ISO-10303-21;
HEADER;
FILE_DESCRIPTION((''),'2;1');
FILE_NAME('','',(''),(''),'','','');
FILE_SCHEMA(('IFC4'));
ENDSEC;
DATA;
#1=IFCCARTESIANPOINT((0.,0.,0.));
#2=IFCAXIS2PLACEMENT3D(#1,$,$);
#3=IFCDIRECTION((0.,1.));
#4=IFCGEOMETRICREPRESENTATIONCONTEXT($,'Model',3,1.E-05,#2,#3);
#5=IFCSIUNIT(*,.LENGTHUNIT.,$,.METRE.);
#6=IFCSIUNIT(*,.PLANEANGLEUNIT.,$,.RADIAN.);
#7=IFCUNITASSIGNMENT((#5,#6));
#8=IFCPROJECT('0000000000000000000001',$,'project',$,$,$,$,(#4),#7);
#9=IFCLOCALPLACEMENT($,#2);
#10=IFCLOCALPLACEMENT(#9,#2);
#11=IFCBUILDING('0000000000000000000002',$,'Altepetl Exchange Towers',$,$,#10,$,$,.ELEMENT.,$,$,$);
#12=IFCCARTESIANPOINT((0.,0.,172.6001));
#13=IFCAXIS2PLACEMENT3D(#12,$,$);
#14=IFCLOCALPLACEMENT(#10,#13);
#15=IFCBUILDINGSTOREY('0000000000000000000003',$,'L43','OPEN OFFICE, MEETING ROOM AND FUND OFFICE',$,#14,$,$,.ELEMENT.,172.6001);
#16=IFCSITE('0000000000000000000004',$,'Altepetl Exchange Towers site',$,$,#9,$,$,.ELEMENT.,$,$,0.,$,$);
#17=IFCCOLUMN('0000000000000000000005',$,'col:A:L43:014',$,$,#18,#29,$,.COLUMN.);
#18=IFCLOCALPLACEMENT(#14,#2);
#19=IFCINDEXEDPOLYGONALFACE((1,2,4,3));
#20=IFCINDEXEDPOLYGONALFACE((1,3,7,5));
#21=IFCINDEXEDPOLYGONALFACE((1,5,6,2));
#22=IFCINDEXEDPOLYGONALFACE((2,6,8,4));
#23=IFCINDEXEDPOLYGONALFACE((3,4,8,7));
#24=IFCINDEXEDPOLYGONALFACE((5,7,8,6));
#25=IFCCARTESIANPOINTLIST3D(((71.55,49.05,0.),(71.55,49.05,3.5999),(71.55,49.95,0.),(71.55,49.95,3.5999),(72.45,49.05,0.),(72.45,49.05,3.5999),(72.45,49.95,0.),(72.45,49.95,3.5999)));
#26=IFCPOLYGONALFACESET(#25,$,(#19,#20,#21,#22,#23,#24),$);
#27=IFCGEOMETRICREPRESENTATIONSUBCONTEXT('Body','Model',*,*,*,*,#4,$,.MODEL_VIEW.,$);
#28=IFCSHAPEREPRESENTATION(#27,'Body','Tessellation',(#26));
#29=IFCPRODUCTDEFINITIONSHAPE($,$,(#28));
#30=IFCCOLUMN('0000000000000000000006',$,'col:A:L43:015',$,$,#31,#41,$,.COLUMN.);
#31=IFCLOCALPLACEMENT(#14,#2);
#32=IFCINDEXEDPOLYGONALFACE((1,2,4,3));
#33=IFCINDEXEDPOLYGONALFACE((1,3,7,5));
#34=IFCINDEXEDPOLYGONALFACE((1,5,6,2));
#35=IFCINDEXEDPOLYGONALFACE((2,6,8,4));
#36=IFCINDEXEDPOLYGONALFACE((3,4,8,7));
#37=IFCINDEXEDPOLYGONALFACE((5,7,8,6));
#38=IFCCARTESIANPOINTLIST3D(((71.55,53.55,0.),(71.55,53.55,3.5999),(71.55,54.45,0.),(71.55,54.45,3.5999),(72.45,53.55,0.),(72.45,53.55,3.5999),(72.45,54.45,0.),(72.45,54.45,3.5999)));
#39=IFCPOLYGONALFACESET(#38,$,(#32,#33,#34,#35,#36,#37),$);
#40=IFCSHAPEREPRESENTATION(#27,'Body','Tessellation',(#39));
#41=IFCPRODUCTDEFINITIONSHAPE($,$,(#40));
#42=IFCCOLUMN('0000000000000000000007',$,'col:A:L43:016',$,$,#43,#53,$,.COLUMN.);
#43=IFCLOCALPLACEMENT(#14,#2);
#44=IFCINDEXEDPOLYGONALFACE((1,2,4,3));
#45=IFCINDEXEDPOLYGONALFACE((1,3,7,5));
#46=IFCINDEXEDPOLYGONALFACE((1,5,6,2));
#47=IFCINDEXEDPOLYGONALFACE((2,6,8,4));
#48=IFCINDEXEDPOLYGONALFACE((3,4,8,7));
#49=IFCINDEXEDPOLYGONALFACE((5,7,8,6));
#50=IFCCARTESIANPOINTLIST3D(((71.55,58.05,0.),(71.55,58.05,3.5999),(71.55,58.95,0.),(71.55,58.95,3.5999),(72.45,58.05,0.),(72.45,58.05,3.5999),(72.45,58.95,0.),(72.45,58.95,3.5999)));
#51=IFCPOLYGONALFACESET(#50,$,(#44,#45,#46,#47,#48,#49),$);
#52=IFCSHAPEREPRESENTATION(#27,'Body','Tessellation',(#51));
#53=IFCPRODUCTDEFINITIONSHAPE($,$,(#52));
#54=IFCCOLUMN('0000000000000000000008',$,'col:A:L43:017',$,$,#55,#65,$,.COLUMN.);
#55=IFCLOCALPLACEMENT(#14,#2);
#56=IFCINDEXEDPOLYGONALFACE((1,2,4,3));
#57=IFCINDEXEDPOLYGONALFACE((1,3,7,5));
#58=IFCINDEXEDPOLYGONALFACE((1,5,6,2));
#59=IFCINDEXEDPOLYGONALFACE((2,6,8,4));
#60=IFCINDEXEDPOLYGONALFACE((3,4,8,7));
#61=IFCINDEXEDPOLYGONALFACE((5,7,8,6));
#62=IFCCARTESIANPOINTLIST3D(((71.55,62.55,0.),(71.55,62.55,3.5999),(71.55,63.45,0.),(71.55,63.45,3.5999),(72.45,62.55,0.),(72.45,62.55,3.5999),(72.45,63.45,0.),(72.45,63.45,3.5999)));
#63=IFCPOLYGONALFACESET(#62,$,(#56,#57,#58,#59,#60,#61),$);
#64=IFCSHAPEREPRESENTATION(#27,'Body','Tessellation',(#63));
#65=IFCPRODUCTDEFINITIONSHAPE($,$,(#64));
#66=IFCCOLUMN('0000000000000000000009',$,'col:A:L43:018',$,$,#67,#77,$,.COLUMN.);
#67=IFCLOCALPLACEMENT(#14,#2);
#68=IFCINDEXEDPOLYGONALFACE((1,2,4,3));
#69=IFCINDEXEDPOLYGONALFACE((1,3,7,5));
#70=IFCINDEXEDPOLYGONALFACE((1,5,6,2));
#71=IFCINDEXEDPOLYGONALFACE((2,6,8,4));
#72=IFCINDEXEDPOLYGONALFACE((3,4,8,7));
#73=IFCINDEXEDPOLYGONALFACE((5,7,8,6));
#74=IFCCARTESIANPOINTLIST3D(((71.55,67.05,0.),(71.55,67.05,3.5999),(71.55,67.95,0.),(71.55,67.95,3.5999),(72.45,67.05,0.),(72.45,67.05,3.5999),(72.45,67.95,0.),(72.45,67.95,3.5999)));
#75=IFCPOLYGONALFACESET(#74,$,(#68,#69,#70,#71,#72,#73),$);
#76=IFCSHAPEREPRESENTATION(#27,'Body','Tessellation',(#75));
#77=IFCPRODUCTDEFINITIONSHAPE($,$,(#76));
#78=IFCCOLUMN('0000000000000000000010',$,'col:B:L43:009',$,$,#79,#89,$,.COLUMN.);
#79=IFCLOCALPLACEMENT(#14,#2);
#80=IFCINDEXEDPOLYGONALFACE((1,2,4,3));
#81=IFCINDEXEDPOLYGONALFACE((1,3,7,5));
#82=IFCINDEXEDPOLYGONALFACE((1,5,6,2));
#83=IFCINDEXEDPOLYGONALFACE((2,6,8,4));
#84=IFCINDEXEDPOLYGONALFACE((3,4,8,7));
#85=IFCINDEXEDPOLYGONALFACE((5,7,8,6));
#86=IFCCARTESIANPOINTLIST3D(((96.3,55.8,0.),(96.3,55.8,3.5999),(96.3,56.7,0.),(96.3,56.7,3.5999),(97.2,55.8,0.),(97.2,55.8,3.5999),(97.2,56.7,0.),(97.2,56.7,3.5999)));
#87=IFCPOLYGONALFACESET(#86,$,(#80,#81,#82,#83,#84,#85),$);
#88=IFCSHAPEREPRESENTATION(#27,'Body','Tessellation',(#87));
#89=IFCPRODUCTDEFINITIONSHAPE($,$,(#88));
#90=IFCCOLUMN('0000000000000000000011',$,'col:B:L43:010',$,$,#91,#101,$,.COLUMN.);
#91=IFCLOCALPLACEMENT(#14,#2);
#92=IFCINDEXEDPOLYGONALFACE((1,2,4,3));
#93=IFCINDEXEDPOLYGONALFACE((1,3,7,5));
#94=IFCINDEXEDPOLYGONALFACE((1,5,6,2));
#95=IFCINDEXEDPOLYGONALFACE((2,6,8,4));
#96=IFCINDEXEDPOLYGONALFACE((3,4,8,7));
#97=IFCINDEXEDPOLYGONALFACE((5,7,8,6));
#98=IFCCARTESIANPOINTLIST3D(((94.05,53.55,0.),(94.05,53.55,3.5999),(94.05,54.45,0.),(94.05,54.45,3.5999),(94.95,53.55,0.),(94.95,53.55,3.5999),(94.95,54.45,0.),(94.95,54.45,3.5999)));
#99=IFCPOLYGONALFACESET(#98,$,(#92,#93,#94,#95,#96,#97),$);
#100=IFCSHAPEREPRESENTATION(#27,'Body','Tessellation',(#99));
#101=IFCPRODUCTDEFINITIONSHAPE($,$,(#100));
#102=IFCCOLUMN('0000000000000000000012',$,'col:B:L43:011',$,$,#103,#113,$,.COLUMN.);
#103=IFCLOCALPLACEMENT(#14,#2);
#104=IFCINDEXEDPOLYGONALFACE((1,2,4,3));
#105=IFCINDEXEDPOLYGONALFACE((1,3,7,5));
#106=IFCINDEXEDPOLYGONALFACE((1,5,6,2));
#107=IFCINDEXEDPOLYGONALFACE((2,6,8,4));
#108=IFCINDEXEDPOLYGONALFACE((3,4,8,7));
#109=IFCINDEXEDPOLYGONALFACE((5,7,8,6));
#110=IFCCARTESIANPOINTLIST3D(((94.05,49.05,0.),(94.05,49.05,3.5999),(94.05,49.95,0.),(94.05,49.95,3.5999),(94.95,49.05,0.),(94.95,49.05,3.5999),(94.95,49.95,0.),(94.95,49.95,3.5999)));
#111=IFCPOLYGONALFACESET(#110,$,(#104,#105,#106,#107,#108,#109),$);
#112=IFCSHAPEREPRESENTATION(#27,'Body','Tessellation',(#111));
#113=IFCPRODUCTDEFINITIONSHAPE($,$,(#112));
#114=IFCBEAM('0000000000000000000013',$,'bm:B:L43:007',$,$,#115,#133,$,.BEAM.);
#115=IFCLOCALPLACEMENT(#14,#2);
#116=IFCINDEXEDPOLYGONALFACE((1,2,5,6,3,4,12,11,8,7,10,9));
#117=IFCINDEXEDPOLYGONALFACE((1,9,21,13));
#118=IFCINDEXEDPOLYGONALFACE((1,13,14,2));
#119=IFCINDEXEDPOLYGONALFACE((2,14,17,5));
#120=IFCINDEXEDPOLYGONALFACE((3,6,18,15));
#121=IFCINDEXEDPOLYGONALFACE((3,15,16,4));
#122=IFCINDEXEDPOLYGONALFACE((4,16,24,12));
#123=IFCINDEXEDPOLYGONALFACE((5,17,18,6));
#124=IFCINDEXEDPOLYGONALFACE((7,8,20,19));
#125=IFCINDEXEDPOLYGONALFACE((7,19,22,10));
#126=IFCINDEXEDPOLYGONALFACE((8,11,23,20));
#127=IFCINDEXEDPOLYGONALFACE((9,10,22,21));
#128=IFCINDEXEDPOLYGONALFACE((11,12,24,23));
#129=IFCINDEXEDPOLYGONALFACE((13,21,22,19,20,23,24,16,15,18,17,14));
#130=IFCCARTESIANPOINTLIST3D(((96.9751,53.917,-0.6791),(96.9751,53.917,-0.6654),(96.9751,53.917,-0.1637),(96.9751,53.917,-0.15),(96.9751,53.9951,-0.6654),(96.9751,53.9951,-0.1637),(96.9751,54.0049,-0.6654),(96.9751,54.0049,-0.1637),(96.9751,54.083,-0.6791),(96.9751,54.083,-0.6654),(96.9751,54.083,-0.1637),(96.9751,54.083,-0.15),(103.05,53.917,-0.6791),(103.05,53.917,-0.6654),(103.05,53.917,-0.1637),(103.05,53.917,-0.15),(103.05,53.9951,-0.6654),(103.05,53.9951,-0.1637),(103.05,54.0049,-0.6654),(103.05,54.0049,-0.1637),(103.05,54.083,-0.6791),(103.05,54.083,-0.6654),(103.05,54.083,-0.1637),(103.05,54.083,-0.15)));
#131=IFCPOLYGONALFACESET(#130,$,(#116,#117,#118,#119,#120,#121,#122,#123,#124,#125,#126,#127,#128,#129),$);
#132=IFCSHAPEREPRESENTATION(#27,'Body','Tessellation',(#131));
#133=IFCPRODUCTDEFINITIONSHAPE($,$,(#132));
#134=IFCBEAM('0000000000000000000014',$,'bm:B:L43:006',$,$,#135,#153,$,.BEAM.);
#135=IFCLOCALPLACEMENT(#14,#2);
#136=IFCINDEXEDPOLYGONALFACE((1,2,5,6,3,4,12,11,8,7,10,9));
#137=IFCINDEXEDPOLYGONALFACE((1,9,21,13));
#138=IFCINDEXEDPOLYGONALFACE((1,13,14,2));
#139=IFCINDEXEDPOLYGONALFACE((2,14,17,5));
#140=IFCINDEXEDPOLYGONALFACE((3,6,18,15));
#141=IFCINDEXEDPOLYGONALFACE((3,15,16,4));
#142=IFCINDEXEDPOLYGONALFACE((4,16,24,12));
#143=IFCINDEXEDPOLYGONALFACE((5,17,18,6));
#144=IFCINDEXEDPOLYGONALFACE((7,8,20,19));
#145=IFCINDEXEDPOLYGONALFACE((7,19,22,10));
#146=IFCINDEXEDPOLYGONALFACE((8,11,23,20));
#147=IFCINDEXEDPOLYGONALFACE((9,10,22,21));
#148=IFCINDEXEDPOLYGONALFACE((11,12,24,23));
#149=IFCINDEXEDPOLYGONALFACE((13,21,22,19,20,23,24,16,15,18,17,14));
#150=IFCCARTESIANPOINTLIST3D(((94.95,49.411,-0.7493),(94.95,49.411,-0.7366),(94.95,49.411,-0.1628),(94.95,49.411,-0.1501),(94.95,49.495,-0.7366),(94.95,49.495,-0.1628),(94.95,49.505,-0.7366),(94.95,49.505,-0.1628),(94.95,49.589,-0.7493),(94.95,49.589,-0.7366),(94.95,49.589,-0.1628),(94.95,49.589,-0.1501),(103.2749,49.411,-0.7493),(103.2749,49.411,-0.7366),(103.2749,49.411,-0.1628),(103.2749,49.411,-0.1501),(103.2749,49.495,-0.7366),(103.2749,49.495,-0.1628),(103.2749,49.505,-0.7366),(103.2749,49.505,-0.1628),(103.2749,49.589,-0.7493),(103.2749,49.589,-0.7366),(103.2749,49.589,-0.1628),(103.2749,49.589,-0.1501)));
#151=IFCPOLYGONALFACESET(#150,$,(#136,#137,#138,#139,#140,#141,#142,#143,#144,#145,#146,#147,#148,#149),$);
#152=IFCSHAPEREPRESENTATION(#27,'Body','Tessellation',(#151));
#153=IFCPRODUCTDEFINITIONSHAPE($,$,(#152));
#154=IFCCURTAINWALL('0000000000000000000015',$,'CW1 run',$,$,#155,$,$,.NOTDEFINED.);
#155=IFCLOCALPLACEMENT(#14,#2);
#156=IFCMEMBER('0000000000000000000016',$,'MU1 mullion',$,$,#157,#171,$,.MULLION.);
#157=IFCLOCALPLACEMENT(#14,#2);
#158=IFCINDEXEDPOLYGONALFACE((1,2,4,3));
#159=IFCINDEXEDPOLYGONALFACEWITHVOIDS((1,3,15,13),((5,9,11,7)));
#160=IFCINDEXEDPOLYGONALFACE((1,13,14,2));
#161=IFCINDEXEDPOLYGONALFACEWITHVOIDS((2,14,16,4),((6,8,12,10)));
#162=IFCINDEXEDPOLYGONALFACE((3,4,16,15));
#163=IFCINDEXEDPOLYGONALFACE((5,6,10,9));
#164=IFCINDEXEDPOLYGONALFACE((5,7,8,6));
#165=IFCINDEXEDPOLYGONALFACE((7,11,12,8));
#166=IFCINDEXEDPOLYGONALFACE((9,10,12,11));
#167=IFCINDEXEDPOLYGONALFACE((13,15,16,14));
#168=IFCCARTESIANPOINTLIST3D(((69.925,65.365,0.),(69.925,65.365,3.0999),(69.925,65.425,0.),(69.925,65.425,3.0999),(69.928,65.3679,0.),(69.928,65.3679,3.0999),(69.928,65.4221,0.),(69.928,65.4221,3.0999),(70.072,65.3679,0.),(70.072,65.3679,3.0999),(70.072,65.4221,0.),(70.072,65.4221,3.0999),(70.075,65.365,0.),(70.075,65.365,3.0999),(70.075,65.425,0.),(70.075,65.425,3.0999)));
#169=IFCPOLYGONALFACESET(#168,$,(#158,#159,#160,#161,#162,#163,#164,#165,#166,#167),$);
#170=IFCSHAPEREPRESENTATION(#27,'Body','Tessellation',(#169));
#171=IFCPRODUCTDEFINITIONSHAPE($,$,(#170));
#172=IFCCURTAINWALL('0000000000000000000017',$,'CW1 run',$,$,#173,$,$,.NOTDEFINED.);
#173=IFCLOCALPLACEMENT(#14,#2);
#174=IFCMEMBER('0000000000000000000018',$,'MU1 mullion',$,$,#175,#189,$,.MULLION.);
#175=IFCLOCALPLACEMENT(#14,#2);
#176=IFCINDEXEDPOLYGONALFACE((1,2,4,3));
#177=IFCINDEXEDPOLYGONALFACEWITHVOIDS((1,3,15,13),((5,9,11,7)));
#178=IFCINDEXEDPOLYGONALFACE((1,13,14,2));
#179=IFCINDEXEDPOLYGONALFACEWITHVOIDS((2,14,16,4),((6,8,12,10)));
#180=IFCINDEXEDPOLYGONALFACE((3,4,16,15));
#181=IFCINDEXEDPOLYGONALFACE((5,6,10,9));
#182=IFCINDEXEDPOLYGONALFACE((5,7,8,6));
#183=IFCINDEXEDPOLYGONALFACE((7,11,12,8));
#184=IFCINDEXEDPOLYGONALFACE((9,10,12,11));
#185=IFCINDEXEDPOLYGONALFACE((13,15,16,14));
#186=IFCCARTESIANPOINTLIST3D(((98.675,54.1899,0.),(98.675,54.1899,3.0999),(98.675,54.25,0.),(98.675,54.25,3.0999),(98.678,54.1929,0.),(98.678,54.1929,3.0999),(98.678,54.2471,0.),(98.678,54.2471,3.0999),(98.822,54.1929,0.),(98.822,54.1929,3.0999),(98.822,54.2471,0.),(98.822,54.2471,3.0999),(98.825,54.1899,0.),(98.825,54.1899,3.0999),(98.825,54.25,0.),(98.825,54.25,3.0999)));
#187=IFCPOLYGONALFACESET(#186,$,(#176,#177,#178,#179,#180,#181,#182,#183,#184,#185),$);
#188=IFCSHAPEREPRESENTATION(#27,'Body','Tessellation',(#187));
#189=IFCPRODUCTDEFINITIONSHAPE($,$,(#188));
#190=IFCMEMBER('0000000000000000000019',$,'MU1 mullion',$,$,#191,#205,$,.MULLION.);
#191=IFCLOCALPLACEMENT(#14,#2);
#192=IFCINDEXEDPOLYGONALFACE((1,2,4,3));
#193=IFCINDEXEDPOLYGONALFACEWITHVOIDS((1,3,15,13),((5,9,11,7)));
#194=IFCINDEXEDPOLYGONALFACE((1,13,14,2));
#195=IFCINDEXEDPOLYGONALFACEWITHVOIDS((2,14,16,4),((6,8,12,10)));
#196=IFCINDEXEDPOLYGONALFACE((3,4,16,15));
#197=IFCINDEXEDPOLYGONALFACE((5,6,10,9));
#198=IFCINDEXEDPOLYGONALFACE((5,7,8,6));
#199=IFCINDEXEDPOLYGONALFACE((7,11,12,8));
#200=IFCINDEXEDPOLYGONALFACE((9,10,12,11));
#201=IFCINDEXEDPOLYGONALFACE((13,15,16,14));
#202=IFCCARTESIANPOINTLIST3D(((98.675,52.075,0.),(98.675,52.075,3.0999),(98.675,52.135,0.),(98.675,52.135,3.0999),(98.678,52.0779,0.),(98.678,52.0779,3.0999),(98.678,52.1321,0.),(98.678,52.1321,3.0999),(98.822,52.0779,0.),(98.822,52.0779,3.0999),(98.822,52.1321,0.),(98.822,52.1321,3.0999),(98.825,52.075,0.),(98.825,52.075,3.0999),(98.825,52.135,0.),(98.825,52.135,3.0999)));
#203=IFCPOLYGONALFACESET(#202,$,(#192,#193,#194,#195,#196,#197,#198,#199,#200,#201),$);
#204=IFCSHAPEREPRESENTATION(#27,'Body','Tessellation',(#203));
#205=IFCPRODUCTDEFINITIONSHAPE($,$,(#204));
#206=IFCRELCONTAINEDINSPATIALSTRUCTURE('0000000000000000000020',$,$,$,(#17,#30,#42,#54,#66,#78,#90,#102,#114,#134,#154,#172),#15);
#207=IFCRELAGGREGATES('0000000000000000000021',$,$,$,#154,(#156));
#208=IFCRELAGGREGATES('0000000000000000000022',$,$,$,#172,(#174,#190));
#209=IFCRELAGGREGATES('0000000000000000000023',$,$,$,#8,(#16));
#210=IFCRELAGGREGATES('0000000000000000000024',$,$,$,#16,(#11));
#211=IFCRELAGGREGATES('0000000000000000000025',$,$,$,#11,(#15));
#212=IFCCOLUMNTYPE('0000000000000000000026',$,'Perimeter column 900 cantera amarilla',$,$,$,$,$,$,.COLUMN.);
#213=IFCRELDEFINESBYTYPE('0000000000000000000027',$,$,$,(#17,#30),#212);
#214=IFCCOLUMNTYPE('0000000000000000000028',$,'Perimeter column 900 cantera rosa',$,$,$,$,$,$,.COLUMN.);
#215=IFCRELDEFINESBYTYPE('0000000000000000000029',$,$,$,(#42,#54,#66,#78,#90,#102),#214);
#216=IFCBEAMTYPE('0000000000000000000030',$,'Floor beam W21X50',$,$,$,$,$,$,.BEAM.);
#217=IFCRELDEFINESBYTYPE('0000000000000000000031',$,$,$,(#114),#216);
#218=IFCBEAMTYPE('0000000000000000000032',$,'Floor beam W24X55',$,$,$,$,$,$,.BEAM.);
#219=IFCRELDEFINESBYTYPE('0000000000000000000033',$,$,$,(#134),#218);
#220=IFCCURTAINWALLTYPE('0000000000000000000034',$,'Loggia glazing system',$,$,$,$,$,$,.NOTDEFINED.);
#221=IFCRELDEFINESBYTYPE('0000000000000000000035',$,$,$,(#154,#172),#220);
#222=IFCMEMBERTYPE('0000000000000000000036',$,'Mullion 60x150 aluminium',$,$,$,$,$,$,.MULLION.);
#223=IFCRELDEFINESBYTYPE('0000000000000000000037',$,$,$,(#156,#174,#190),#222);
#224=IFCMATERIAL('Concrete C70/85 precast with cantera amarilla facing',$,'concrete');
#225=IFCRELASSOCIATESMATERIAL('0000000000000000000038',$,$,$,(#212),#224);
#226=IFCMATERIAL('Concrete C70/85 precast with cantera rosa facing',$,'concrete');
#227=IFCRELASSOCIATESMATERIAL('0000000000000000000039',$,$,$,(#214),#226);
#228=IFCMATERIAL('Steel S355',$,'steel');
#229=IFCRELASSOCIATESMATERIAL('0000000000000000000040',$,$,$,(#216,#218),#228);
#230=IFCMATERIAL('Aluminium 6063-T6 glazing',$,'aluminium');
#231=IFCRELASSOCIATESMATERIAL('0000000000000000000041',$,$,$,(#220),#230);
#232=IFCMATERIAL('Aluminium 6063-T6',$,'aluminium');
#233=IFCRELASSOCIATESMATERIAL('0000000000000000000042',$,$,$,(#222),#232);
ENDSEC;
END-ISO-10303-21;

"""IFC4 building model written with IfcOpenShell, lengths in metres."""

from ifc_helpers import new_model, si_unit, direction, frame, origin, origin_2d, place, context, subcontext, project, spatial, rectangle, hollow_rectangle, i_section, extrude, material, material_profile, profile_set, type_object, element, aggregate, save


model = new_model("IFC4")

# Units and contexts
model_context = context("Model", 3, precision=1e-05, world=origin(), true_north=direction((0.0, 1.0)))
body_context = subcontext(model_context, "Body", "Model", "MODEL_VIEW")
ifc_project = project(units=[si_unit("LENGTHUNIT", "METRE"), si_unit("PLANEANGLEUNIT", "RADIAN")], contexts=[model_context])

# Site, building, storey
site_placement = place(None, origin())
site = spatial("IfcSite", under=ifc_project, at=site_placement, Name="Altepetl Exchange Towers site", CompositionType="ELEMENT", RefElevation=0.0)
building_placement = place(site_placement, origin())
building = spatial("IfcBuilding", under=site, at=building_placement, Name="Altepetl Exchange Towers", CompositionType="ELEMENT")
storey_placement = place(building_placement, frame((0.0, 0.0, 172.6001)))
storey = spatial("IfcBuildingStorey", under=building, at=storey_placement, Name="L43", Description="OPEN OFFICE, MEETING ROOM AND FUND OFFICE", CompositionType="ELEMENT", Elevation=172.6001)

# Columns
ifc_material_1 = material(Name="Concrete C70/85 precast with cantera amarilla facing", Category="concrete")
ifc_material_profile_1 = material_profile(ifc_material_1, rectangle(XDim=0.8999, YDim=0.8999, at=origin_2d()), Name="900 x 900")
ifc_profile_set_1 = profile_set([ifc_material_profile_1], Name="Concrete C70/85 precast with cantera amarilla facing")
column_type_1 = type_object("IfcColumnType", Name="Perimeter column 900 cantera amarilla", PredefinedType="COLUMN", material=ifc_profile_set_1)
for number, where, name in (
    (1, (72.0, 49.5, 0.0), "col:A:L43:014"),
    (2, (72.0, 54.0, 0.0), "col:A:L43:015"),
):
    element("IfcColumn", number, at=place(storey_placement, frame(where)), inside=storey, type_object=column_type_1, Name=name, PredefinedType="COLUMN", context=body_context, shape_type="SweptSolid", body=[
        extrude(rectangle(XDim=0.8999, YDim=0.8999, at=origin_2d()), origin(), (0.0, 0.0, 1.0), 3.5999),
    ])
ifc_material_2 = material(Name="Concrete C70/85 precast with cantera rosa facing", Category="concrete")
ifc_material_profile_2 = material_profile(ifc_material_2, rectangle(XDim=0.8999, YDim=0.8999, at=origin_2d()), Name="900 x 900")
ifc_profile_set_2 = profile_set([ifc_material_profile_2], Name="Concrete C70/85 precast with cantera rosa facing")
column_type_2 = type_object("IfcColumnType", Name="Perimeter column 900 cantera rosa", PredefinedType="COLUMN", material=ifc_profile_set_2)
for number, where, name in (
    (3, (72.0, 58.5, 0.0), "col:A:L43:016"),
    (4, (72.0, 63.0, 0.0), "col:A:L43:017"),
    (5, (72.0, 67.5, 0.0), "col:A:L43:018"),
    (6, (96.75, 56.25, 0.0), "col:B:L43:009"),
    (7, (94.5, 54.0, 0.0), "col:B:L43:010"),
    (8, (94.5, 49.5, 0.0), "col:B:L43:011"),
):
    element("IfcColumn", number, at=place(storey_placement, frame(where)), inside=storey, type_object=column_type_2, Name=name, PredefinedType="COLUMN", context=body_context, shape_type="SweptSolid", body=[
        extrude(rectangle(XDim=0.8999, YDim=0.8999, at=origin_2d()), origin(), (0.0, 0.0, 1.0), 3.5999),
    ])

# Beams
ifc_material_3 = material(Name="Steel S355", Category="steel")
ifc_material_profile_3 = material_profile(ifc_material_3, i_section(OverallWidth=0.166, OverallDepth=0.5291, WebThickness=0.0098, FlangeThickness=0.0137, at=origin_2d()), Name="W21X50")
ifc_profile_set_3 = profile_set([ifc_material_profile_3], Name="Steel S355")
beam_type_1 = type_object("IfcBeamType", Name="Floor beam W21X50", PredefinedType="BEAM", material=ifc_profile_set_3)
beam_1_placement = place(storey_placement, frame((96.9751, 54.0, -0.4146), z_axis=(1.0, 0.0, 0.0), x_axis=(0.0, 1.0, 0.0)))
element("IfcBeam", 9, at=beam_1_placement, inside=storey, type_object=beam_type_1, Name="bm:B:L43:007", PredefinedType="BEAM", context=body_context, shape_type="SweptSolid", body=[
    extrude(i_section(OverallWidth=0.166, OverallDepth=0.5291, WebThickness=0.0098, FlangeThickness=0.0137, at=origin_2d()), origin(), (0.0, 0.0, 1.0), 6.075),
])
ifc_material_profile_4 = material_profile(ifc_material_3, i_section(OverallWidth=0.178, OverallDepth=0.5991, WebThickness=0.01, FlangeThickness=0.0127, at=origin_2d()), Name="W24X55")
ifc_profile_set_4 = profile_set([ifc_material_profile_4], Name="Steel S355")
beam_type_2 = type_object("IfcBeamType", Name="Floor beam W24X55", PredefinedType="BEAM", material=ifc_profile_set_4)
beam_2_placement = place(storey_placement, frame((94.95, 49.5, -0.4497), z_axis=(1.0, 0.0, 0.0), x_axis=(0.0, 1.0, 0.0)))
element("IfcBeam", 10, at=beam_2_placement, inside=storey, type_object=beam_type_2, Name="bm:B:L43:006", PredefinedType="BEAM", context=body_context, shape_type="SweptSolid", body=[
    extrude(i_section(OverallWidth=0.178, OverallDepth=0.5991, WebThickness=0.01, FlangeThickness=0.0127, at=origin_2d()), origin(), (0.0, 0.0, 1.0), 8.325),
])

# Curtain wall, member
ifc_material_4 = material(Name="Aluminium 6063-T6 glazing", Category="aluminium")
curtain_wall_type = type_object("IfcCurtainWallType", Name="Loggia glazing system", PredefinedType="NOTDEFINED", material=ifc_material_4)
curtain_wall_1_placement = place(storey_placement, origin())
curtain_wall_1 = element("IfcCurtainWall", 11, at=curtain_wall_1_placement, inside=storey, type_object=curtain_wall_type, Name="CW1 run", PredefinedType="NOTDEFINED")
ifc_material_5 = material(Name="Aluminium 6063-T6", Category="aluminium")
ifc_material_profile_5 = material_profile(ifc_material_5, hollow_rectangle(XDim=0.0601, YDim=0.1499, WallThickness=0.0029, at=origin_2d()), Name="Mullion 60x150 aluminium")
ifc_profile_set_5 = profile_set([ifc_material_profile_5], Name="Aluminium 6063-T6")
member_type = type_object("IfcMemberType", Name="Mullion 60x150 aluminium", PredefinedType="MULLION", material=ifc_profile_set_5)
member_1_placement = place(storey_placement, frame((70.0, 65.395, 0.0), z_axis=(0.0, 0.0, 1.0), x_axis=(0.0, 1.0, 0.0)))
member_1 = element("IfcMember", 12, at=member_1_placement, type_object=member_type, Name="MU1 mullion", PredefinedType="MULLION", context=body_context, shape_type="SweptSolid", body=[
    extrude(hollow_rectangle(XDim=0.0601, YDim=0.1499, WallThickness=0.0029, at=origin_2d()), origin(), (0.0, 0.0, 1.0), 3.0999),
])
aggregate(curtain_wall_1, [member_1])

# Curtain wall, members
curtain_wall_2_placement = place(storey_placement, origin())
curtain_wall_2 = element("IfcCurtainWall", 13, at=curtain_wall_2_placement, inside=storey, type_object=curtain_wall_type, Name="CW1 run", PredefinedType="NOTDEFINED")
member_2_placement = place(storey_placement, frame((98.75, 54.22, 0.0), z_axis=(0.0, 0.0, 1.0), x_axis=(0.0, -1.0, 0.0)))
member_2 = element("IfcMember", 14, at=member_2_placement, type_object=member_type, Name="MU1 mullion", PredefinedType="MULLION", context=body_context, shape_type="SweptSolid", body=[
    extrude(hollow_rectangle(XDim=0.0601, YDim=0.1499, WallThickness=0.0029, at=origin_2d()), origin(), (0.0, 0.0, 1.0), 3.0999),
])
member_3_placement = place(storey_placement, frame((98.75, 52.105, 0.0), z_axis=(0.0, 0.0, 1.0), x_axis=(0.0, -1.0, 0.0)))
member_3 = element("IfcMember", 15, at=member_3_placement, type_object=member_type, Name="MU1 mullion", PredefinedType="MULLION", context=body_context, shape_type="SweptSolid", body=[
    extrude(hollow_rectangle(XDim=0.0601, YDim=0.1499, WallThickness=0.0029, at=origin_2d()), origin(), (0.0, 0.0, 1.0), 3.0999),
])
aggregate(curtain_wall_2, [member_2, member_3])

save(model, "model.ifc")
